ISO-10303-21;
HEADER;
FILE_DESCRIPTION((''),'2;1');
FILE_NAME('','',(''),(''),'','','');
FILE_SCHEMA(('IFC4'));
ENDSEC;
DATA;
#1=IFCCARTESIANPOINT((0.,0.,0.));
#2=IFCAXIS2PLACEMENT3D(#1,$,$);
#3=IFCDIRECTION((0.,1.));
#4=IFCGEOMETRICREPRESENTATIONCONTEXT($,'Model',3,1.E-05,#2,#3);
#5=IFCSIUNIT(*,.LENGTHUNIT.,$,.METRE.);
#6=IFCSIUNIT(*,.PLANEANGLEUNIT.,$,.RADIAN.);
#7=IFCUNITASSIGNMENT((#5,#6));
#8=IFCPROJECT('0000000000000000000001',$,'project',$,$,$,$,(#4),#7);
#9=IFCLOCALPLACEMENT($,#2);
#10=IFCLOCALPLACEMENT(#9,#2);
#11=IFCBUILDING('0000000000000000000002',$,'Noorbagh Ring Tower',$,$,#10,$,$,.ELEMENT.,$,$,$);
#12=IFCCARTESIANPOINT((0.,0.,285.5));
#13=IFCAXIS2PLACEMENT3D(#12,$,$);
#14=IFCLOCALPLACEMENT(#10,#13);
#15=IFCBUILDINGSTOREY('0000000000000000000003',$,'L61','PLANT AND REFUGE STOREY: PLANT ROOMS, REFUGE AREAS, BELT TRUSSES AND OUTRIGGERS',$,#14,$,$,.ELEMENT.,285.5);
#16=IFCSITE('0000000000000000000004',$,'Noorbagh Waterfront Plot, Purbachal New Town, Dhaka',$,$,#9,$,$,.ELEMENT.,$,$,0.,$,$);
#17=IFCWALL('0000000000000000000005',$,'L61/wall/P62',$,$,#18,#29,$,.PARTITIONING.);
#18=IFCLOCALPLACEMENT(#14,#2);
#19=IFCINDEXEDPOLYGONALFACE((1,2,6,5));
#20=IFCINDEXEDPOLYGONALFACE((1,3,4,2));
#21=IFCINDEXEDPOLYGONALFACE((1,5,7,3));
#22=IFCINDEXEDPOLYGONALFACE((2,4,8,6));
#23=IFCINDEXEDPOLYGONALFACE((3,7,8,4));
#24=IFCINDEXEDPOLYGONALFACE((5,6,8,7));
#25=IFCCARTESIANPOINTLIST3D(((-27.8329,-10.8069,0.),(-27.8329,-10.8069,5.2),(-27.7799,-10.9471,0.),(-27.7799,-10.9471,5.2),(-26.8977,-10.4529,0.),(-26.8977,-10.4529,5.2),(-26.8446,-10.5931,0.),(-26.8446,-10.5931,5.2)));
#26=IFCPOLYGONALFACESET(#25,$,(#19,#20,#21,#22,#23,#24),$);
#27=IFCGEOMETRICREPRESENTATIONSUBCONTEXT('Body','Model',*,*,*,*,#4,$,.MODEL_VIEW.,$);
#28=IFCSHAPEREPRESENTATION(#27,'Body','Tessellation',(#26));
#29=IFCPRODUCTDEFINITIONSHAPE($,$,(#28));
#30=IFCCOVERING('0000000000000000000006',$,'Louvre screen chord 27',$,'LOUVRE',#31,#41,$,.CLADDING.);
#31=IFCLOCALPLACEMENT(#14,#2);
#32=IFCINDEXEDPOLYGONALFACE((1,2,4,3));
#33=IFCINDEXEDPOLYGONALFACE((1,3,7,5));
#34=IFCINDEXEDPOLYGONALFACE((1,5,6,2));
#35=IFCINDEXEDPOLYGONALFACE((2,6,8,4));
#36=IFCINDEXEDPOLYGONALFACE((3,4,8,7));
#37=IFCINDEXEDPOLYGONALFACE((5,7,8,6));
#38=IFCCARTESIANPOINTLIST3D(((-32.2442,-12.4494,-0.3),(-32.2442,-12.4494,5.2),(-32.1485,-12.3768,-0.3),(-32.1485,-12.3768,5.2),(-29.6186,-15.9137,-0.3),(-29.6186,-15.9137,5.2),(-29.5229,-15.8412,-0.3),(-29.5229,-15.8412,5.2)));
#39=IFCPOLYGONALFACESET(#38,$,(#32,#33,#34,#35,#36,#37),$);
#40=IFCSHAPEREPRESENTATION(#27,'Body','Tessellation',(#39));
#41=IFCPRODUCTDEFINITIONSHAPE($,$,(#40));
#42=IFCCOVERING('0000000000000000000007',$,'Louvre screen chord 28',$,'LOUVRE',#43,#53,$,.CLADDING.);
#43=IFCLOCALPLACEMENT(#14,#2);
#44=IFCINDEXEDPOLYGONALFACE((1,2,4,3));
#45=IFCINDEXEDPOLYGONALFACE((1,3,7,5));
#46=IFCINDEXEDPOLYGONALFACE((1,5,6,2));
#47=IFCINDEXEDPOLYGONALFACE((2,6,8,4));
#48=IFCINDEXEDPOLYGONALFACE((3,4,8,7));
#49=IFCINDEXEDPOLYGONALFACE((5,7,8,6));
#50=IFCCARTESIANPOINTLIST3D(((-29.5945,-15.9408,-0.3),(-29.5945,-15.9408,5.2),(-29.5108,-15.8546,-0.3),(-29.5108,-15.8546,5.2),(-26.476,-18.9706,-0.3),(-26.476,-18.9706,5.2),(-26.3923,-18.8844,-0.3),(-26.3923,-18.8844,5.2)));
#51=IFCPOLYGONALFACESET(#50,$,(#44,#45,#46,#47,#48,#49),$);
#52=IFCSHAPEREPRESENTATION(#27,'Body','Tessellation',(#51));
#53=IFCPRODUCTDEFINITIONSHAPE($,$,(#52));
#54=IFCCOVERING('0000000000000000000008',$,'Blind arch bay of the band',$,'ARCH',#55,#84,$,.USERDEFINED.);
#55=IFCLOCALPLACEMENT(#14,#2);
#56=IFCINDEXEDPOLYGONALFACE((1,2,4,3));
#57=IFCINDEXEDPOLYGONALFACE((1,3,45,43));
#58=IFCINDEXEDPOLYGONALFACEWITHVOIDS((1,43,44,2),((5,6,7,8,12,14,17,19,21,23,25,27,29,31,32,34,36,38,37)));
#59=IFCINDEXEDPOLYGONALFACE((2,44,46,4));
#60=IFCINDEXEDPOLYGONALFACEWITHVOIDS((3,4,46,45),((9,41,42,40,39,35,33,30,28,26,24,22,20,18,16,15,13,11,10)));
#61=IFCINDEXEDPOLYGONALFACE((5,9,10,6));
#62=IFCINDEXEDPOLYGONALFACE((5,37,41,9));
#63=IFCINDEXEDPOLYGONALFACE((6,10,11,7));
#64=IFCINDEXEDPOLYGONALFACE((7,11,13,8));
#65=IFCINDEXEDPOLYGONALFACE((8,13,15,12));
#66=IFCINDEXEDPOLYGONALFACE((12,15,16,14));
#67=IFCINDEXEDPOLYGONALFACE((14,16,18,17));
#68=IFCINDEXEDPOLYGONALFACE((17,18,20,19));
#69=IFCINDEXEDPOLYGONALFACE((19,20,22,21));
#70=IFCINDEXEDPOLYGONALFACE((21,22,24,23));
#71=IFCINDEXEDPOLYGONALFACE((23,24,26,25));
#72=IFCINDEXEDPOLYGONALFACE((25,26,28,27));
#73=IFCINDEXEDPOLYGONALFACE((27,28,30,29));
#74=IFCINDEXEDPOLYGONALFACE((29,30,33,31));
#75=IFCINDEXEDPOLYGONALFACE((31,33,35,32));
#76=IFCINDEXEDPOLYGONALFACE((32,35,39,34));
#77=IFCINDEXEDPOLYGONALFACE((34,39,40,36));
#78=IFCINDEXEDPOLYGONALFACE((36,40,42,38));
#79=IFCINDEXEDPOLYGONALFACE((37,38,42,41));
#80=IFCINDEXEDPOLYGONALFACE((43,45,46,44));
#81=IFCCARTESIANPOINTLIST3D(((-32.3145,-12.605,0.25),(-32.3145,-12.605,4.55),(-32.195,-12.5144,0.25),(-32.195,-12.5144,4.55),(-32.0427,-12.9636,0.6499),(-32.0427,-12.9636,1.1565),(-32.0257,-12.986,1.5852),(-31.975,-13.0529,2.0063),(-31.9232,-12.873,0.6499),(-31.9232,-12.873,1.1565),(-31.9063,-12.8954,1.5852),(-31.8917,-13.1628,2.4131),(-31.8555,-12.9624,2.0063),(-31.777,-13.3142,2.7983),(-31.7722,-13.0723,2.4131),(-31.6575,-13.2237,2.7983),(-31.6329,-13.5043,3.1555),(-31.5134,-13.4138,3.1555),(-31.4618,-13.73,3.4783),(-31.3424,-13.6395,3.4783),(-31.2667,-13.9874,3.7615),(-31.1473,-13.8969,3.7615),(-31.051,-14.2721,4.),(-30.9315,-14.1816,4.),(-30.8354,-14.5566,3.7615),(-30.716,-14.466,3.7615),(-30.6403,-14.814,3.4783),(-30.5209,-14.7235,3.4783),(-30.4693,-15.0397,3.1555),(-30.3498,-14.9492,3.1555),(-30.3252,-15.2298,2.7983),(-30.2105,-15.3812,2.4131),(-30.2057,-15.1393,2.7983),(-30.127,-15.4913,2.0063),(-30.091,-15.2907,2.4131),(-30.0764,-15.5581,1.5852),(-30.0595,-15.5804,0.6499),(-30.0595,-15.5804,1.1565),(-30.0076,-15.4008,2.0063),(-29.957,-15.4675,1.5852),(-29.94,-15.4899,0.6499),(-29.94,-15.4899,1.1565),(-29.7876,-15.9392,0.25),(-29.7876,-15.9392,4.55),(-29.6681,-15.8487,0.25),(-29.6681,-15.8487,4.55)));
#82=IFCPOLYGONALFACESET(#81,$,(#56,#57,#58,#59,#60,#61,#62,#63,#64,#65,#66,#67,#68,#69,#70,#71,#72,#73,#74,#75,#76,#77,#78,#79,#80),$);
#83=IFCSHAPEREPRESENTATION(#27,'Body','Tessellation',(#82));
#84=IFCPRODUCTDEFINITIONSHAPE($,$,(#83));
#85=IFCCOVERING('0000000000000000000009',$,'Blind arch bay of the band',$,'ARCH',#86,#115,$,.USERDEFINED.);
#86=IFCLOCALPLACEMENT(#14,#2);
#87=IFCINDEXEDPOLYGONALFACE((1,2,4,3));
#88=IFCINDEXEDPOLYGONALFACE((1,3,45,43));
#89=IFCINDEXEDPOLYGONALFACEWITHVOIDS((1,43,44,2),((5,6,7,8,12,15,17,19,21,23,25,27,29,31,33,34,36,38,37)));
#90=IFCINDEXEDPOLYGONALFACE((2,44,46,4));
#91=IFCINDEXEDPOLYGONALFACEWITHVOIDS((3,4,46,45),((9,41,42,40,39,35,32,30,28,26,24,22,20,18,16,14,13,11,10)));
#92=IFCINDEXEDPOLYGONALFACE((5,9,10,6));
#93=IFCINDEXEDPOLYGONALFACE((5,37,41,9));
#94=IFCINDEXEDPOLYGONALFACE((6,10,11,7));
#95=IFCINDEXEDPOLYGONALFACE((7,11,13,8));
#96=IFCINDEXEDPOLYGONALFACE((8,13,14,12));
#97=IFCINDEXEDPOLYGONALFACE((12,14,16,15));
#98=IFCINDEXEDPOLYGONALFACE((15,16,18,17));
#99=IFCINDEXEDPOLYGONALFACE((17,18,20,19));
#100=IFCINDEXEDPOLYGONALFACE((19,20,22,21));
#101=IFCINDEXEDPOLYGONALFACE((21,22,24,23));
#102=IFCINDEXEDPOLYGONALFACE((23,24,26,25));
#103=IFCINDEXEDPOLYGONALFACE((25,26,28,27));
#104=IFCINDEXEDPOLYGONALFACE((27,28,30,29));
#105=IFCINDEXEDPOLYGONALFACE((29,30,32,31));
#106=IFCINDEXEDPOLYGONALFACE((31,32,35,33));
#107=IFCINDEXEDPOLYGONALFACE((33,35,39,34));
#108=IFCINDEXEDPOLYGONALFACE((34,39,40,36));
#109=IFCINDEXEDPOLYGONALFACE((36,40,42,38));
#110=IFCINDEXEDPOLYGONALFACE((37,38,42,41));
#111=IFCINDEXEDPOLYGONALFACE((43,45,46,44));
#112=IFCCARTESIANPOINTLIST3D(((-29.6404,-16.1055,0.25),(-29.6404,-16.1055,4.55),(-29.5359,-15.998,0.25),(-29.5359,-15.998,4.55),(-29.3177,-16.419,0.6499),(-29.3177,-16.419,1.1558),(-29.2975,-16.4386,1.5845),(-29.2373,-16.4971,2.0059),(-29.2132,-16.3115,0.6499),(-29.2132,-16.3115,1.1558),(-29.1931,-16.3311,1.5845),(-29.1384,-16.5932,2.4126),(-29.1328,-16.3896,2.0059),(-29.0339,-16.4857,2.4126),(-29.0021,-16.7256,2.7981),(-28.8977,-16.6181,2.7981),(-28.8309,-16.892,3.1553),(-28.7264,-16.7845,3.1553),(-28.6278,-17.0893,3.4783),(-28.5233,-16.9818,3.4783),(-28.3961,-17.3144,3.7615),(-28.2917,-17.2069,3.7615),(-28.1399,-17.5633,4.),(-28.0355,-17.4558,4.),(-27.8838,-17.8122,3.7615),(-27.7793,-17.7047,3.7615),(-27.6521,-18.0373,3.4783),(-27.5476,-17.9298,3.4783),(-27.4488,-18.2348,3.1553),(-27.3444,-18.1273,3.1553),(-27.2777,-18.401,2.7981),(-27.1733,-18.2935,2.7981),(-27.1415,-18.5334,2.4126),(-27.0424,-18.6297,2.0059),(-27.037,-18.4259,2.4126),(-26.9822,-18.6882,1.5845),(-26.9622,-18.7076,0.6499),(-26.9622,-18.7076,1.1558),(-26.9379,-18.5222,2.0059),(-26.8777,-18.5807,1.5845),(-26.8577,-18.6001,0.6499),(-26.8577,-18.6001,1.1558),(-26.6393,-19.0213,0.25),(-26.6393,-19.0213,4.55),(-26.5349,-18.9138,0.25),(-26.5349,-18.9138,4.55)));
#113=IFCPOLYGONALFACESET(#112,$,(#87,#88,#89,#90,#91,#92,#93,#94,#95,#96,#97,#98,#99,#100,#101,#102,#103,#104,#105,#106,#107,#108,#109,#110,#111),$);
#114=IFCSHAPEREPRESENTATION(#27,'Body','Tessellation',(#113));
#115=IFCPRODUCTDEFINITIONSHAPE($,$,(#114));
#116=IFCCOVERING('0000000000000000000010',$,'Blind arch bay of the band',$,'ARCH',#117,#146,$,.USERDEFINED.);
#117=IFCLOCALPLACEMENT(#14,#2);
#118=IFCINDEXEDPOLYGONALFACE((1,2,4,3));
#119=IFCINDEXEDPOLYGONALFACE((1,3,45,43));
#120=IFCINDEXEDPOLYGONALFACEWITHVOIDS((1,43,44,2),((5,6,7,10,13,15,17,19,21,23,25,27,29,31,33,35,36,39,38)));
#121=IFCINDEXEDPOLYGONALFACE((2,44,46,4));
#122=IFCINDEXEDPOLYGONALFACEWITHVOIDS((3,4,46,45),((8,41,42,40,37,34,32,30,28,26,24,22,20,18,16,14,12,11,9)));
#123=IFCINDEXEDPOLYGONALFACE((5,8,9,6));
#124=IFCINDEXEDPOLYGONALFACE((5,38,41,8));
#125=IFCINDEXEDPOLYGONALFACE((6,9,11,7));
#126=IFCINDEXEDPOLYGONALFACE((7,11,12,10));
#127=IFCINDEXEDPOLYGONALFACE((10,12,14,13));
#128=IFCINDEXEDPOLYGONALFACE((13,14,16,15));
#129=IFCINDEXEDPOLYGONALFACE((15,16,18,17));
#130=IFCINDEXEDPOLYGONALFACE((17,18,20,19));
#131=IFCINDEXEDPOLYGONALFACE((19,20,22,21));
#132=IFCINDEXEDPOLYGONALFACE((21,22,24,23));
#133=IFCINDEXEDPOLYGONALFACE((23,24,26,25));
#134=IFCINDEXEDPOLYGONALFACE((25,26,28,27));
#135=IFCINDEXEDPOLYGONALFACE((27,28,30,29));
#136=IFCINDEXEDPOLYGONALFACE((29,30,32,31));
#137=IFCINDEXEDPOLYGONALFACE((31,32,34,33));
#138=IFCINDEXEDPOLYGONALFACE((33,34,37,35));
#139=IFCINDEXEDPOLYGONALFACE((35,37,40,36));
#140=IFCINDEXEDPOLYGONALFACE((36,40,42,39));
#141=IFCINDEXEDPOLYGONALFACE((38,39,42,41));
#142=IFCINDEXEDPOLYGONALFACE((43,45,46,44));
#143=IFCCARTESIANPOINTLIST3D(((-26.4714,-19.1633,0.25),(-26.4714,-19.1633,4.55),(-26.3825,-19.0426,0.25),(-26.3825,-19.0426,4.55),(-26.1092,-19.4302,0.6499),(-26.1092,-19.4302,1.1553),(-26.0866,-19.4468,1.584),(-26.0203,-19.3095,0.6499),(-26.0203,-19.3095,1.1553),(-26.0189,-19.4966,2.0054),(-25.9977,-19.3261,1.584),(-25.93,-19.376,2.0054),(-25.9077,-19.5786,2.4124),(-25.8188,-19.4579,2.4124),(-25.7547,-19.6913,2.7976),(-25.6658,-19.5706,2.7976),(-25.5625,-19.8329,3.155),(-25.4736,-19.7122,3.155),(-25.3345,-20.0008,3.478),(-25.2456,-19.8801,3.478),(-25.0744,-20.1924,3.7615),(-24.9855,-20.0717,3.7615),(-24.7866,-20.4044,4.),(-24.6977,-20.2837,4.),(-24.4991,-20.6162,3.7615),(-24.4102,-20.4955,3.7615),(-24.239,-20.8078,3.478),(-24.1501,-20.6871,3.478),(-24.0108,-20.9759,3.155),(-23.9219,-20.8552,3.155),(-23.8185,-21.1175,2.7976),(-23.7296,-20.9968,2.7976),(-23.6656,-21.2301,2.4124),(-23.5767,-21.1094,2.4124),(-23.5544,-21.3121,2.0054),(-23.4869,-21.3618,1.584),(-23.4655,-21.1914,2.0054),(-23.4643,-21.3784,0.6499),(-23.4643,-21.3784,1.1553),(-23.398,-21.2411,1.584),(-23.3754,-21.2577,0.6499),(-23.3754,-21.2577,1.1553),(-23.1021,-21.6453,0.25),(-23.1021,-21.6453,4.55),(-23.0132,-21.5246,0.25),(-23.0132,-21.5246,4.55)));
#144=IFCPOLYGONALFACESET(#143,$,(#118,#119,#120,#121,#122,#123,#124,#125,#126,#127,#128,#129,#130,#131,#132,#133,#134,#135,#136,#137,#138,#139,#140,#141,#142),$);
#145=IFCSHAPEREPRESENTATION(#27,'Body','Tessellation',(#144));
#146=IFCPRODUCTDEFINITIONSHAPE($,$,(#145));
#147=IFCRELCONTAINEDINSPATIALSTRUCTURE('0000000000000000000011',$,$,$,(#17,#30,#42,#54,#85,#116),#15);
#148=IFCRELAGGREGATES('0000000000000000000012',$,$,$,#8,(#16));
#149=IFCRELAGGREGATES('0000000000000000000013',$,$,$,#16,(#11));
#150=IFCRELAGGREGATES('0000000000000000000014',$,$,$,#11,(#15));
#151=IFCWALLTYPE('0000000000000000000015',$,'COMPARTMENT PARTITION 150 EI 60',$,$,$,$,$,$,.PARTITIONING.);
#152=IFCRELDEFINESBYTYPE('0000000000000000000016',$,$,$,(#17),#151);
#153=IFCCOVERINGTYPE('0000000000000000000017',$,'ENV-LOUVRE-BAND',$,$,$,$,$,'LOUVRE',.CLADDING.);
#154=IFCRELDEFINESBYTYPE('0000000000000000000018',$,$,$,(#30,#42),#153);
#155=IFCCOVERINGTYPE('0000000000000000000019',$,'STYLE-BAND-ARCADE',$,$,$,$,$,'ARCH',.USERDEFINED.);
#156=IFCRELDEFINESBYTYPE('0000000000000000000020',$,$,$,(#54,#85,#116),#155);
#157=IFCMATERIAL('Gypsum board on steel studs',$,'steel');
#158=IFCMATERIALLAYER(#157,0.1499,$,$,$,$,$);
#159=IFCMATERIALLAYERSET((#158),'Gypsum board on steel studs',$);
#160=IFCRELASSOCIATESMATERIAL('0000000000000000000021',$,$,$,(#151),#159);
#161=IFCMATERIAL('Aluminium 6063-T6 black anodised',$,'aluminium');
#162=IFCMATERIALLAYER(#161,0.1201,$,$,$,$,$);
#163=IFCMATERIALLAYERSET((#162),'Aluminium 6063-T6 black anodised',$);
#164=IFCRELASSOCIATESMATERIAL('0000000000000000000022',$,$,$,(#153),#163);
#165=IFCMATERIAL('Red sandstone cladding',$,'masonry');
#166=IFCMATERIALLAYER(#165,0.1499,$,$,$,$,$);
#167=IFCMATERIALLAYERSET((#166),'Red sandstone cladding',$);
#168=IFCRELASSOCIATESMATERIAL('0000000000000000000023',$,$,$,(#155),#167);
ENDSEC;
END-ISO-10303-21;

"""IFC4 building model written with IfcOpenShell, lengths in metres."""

from ifc_helpers import new_model, si_unit, direction, frame, frame_2d, origin, origin_2d, place, context, subcontext, project, spatial, polyline, rectangle, outline, extrude, material, layer, layer_set, type_object, element, save


model = new_model("IFC4")

# Units and contexts
model_context = context("Model", 3, precision=1e-05, world=origin(), true_north=direction((0.0, 1.0)))
body_context = subcontext(model_context, "Body", "Model", "MODEL_VIEW")
ifc_project = project(units=[si_unit("LENGTHUNIT", "METRE"), si_unit("PLANEANGLEUNIT", "RADIAN")], contexts=[model_context])

# Site, building, storey
site_placement = place(None, origin())
site = spatial("IfcSite", under=ifc_project, at=site_placement, Name="Noorbagh Waterfront Plot, Purbachal New Town, Dhaka", CompositionType="ELEMENT", RefElevation=0.0)
building_placement = place(site_placement, origin())
building = spatial("IfcBuilding", under=site, at=building_placement, Name="Noorbagh Ring Tower", CompositionType="ELEMENT")
storey_placement = place(building_placement, frame((0.0, 0.0, 285.5)))
storey = spatial("IfcBuildingStorey", under=building, at=storey_placement, Name="L61", Description="PLANT AND REFUGE STOREY: PLANT ROOMS, REFUGE AREAS, BELT TRUSSES AND OUTRIGGERS", CompositionType="ELEMENT", Elevation=285.5)

# Wall
ifc_material_1 = material(Name="Gypsum board on steel studs", Category="steel")
ifc_layer_1 = layer(ifc_material_1, 0.1499)
ifc_layer_set_1 = layer_set([ifc_layer_1], Name="Gypsum board on steel studs")
wall_type = type_object("IfcWallType", Name="COMPARTMENT PARTITION 150 EI 60", PredefinedType="PARTITIONING", material=ifc_layer_set_1)
wall_1_placement = place(storey_placement, frame((-27.8064, -10.877, 0.0), z_axis=(0.0, 0.0, 1.0), x_axis=(0.935251, 0.353984, 0.0)))
element("IfcWall", 1, at=wall_1_placement, inside=storey, type_object=wall_type, Name="L61/wall/P62", PredefinedType="PARTITIONING", context=body_context, shape_type="SweptSolid", body=[
    extrude(rectangle(XDim=1.0, YDim=0.1499, at=frame_2d((0.5, 0.0))), origin(), (0.0, 0.0, 1.0), 5.2),
])

# Coverings
ifc_material_2 = material(Name="Aluminium 6063-T6 black anodised", Category="aluminium")
ifc_layer_2 = layer(ifc_material_2, 0.1201)
ifc_layer_set_2 = layer_set([ifc_layer_2], Name="Aluminium 6063-T6 black anodised")
covering_type_1 = type_object("IfcCoveringType", Name="ENV-LOUVRE-BAND", ElementType="LOUVRE", PredefinedType="CLADDING", material=ifc_layer_set_2)
covering_1_placement = place(storey_placement, frame((-30.8835, -14.1453, -0.3), z_axis=(0.0, 0.0, 1.0), x_axis=(0.60402, -0.796969, 0.0)))
element("IfcCovering", 2, at=covering_1_placement, inside=storey, type_object=covering_type_1, Name="Louvre screen chord 27", ObjectType="LOUVRE", PredefinedType="CLADDING", context=body_context, shape_type="SweptSolid", body=[
    extrude(rectangle(XDim=4.3469, YDim=0.1201, at=origin_2d()), origin(), (0.0, 0.0, 1.0), 5.5),
])
covering_2_placement = place(storey_placement, frame((-27.9934, -17.4126, -0.3), z_axis=(0.0, 0.0, 1.0), x_axis=(0.717225, -0.696842, 0.0)))
element("IfcCovering", 3, at=covering_2_placement, inside=storey, type_object=covering_type_1, Name="Louvre screen chord 28", ObjectType="LOUVRE", PredefinedType="CLADDING", context=body_context, shape_type="SweptSolid", body=[
    extrude(rectangle(XDim=4.3479, YDim=0.1201, at=origin_2d()), origin(), (0.0, 0.0, 1.0), 5.5),
])
ifc_material_3 = material(Name="Red sandstone cladding", Category="masonry")
ifc_layer_3 = layer(ifc_material_3, 0.1499)
ifc_layer_set_3 = layer_set([ifc_layer_3], Name="Red sandstone cladding")
covering_type_2 = type_object("IfcCoveringType", Name="STYLE-BAND-ARCADE", ElementType="ARCH", PredefinedType="USERDEFINED", material=ifc_layer_set_3)
covering_3_placement = place(storey_placement, frame((-32.3145, -12.605, 0.25), z_axis=(-0.796986, -0.603998, 0.0), x_axis=(0.603998, -0.796986, 0.0)))
element("IfcCovering", 4, at=covering_3_placement, inside=storey, type_object=covering_type_2, Name="Blind arch bay of the band", ObjectType="ARCH", PredefinedType="USERDEFINED", context=body_context, shape_type="SweptSolid", body=[
    extrude(outline(polyline([(0.0, 0.0), (4.1836, 0.0), (4.1836, 4.3), (0.0, 4.3), (0.0, 0.0)]), holes=[polyline([(0.45, 0.3999), (0.45, 0.9065), (0.478, 1.3352), (0.562, 1.7563), (0.7, 2.1631), (0.8899, 2.5483), (1.1284, 2.9055), (1.4116, 3.2283), (1.7346, 3.5115), (2.0918, 3.75), (2.4487, 3.5115), (2.7717, 3.2283), (3.0549, 2.9055), (3.2935, 2.5483), (3.4834, 2.1631), (3.6216, 1.7563), (3.7053, 1.3352), (3.7334, 0.9065), (3.7334, 0.3999), (0.45, 0.3999)])]), origin(), (0.0, 0.0, -1.0), 0.1499),
])
covering_4_placement = place(storey_placement, frame((-29.6404, -16.1055, 0.25), z_axis=(-0.696852, -0.717215, 0.0), x_axis=(0.717215, -0.696852, 0.0)))
element("IfcCovering", 5, at=covering_4_placement, inside=storey, type_object=covering_type_2, Name="Blind arch bay of the band", ObjectType="ARCH", PredefinedType="USERDEFINED", context=body_context, shape_type="SweptSolid", body=[
    extrude(outline(polyline([(0.0, 0.0), (4.1843, 0.0), (4.1843, 4.3), (0.0, 4.3), (0.0, 0.0)]), holes=[polyline([(0.45, 0.3999), (0.45, 0.9058), (0.478, 1.3345), (0.562, 1.7559), (0.7, 2.1626), (0.8899, 2.5481), (1.1287, 2.9053), (1.4119, 3.2283), (1.7349, 3.5115), (2.092, 3.75), (2.4492, 3.5115), (2.7722, 3.2283), (3.0557, 2.9053), (3.2942, 2.5481), (3.4841, 2.1626), (3.6223, 1.7559), (3.7063, 1.3345), (3.7341, 0.9058), (3.7341, 0.3999), (0.45, 0.3999)])]), origin(), (0.0, 0.0, -1.0), 0.1499),
])
covering_5_placement = place(storey_placement, frame((-26.4714, -19.1633, 0.25), z_axis=(-0.59308, -0.805144, 0.0), x_axis=(0.805144, -0.59308, 0.0)))
element("IfcCovering", 6, at=covering_5_placement, inside=storey, type_object=covering_type_2, Name="Blind arch bay of the band", ObjectType="ARCH", PredefinedType="USERDEFINED", context=body_context, shape_type="SweptSolid", body=[
    extrude(outline(polyline([(0.0, 0.0), (4.1848, 0.0), (4.1848, 4.3), (0.0, 4.3), (0.0, 0.0)]), holes=[polyline([(0.45, 0.3999), (0.45, 0.9053), (0.478, 1.334), (0.562, 1.7554), (0.7002, 2.1624), (0.8901, 2.5476), (1.1289, 2.905), (1.4121, 3.228), (1.7351, 3.5115), (2.0925, 3.75), (2.4497, 3.5115), (2.7727, 3.228), (3.0562, 2.905), (3.2949, 2.5476), (3.4849, 2.1624), (3.623, 1.7554), (3.7068, 1.334), (3.7349, 0.9053), (3.7349, 0.3999), (0.45, 0.3999)])]), origin(), (0.0, 0.0, -1.0), 0.1499),
])

save(model, "model.ifc")
